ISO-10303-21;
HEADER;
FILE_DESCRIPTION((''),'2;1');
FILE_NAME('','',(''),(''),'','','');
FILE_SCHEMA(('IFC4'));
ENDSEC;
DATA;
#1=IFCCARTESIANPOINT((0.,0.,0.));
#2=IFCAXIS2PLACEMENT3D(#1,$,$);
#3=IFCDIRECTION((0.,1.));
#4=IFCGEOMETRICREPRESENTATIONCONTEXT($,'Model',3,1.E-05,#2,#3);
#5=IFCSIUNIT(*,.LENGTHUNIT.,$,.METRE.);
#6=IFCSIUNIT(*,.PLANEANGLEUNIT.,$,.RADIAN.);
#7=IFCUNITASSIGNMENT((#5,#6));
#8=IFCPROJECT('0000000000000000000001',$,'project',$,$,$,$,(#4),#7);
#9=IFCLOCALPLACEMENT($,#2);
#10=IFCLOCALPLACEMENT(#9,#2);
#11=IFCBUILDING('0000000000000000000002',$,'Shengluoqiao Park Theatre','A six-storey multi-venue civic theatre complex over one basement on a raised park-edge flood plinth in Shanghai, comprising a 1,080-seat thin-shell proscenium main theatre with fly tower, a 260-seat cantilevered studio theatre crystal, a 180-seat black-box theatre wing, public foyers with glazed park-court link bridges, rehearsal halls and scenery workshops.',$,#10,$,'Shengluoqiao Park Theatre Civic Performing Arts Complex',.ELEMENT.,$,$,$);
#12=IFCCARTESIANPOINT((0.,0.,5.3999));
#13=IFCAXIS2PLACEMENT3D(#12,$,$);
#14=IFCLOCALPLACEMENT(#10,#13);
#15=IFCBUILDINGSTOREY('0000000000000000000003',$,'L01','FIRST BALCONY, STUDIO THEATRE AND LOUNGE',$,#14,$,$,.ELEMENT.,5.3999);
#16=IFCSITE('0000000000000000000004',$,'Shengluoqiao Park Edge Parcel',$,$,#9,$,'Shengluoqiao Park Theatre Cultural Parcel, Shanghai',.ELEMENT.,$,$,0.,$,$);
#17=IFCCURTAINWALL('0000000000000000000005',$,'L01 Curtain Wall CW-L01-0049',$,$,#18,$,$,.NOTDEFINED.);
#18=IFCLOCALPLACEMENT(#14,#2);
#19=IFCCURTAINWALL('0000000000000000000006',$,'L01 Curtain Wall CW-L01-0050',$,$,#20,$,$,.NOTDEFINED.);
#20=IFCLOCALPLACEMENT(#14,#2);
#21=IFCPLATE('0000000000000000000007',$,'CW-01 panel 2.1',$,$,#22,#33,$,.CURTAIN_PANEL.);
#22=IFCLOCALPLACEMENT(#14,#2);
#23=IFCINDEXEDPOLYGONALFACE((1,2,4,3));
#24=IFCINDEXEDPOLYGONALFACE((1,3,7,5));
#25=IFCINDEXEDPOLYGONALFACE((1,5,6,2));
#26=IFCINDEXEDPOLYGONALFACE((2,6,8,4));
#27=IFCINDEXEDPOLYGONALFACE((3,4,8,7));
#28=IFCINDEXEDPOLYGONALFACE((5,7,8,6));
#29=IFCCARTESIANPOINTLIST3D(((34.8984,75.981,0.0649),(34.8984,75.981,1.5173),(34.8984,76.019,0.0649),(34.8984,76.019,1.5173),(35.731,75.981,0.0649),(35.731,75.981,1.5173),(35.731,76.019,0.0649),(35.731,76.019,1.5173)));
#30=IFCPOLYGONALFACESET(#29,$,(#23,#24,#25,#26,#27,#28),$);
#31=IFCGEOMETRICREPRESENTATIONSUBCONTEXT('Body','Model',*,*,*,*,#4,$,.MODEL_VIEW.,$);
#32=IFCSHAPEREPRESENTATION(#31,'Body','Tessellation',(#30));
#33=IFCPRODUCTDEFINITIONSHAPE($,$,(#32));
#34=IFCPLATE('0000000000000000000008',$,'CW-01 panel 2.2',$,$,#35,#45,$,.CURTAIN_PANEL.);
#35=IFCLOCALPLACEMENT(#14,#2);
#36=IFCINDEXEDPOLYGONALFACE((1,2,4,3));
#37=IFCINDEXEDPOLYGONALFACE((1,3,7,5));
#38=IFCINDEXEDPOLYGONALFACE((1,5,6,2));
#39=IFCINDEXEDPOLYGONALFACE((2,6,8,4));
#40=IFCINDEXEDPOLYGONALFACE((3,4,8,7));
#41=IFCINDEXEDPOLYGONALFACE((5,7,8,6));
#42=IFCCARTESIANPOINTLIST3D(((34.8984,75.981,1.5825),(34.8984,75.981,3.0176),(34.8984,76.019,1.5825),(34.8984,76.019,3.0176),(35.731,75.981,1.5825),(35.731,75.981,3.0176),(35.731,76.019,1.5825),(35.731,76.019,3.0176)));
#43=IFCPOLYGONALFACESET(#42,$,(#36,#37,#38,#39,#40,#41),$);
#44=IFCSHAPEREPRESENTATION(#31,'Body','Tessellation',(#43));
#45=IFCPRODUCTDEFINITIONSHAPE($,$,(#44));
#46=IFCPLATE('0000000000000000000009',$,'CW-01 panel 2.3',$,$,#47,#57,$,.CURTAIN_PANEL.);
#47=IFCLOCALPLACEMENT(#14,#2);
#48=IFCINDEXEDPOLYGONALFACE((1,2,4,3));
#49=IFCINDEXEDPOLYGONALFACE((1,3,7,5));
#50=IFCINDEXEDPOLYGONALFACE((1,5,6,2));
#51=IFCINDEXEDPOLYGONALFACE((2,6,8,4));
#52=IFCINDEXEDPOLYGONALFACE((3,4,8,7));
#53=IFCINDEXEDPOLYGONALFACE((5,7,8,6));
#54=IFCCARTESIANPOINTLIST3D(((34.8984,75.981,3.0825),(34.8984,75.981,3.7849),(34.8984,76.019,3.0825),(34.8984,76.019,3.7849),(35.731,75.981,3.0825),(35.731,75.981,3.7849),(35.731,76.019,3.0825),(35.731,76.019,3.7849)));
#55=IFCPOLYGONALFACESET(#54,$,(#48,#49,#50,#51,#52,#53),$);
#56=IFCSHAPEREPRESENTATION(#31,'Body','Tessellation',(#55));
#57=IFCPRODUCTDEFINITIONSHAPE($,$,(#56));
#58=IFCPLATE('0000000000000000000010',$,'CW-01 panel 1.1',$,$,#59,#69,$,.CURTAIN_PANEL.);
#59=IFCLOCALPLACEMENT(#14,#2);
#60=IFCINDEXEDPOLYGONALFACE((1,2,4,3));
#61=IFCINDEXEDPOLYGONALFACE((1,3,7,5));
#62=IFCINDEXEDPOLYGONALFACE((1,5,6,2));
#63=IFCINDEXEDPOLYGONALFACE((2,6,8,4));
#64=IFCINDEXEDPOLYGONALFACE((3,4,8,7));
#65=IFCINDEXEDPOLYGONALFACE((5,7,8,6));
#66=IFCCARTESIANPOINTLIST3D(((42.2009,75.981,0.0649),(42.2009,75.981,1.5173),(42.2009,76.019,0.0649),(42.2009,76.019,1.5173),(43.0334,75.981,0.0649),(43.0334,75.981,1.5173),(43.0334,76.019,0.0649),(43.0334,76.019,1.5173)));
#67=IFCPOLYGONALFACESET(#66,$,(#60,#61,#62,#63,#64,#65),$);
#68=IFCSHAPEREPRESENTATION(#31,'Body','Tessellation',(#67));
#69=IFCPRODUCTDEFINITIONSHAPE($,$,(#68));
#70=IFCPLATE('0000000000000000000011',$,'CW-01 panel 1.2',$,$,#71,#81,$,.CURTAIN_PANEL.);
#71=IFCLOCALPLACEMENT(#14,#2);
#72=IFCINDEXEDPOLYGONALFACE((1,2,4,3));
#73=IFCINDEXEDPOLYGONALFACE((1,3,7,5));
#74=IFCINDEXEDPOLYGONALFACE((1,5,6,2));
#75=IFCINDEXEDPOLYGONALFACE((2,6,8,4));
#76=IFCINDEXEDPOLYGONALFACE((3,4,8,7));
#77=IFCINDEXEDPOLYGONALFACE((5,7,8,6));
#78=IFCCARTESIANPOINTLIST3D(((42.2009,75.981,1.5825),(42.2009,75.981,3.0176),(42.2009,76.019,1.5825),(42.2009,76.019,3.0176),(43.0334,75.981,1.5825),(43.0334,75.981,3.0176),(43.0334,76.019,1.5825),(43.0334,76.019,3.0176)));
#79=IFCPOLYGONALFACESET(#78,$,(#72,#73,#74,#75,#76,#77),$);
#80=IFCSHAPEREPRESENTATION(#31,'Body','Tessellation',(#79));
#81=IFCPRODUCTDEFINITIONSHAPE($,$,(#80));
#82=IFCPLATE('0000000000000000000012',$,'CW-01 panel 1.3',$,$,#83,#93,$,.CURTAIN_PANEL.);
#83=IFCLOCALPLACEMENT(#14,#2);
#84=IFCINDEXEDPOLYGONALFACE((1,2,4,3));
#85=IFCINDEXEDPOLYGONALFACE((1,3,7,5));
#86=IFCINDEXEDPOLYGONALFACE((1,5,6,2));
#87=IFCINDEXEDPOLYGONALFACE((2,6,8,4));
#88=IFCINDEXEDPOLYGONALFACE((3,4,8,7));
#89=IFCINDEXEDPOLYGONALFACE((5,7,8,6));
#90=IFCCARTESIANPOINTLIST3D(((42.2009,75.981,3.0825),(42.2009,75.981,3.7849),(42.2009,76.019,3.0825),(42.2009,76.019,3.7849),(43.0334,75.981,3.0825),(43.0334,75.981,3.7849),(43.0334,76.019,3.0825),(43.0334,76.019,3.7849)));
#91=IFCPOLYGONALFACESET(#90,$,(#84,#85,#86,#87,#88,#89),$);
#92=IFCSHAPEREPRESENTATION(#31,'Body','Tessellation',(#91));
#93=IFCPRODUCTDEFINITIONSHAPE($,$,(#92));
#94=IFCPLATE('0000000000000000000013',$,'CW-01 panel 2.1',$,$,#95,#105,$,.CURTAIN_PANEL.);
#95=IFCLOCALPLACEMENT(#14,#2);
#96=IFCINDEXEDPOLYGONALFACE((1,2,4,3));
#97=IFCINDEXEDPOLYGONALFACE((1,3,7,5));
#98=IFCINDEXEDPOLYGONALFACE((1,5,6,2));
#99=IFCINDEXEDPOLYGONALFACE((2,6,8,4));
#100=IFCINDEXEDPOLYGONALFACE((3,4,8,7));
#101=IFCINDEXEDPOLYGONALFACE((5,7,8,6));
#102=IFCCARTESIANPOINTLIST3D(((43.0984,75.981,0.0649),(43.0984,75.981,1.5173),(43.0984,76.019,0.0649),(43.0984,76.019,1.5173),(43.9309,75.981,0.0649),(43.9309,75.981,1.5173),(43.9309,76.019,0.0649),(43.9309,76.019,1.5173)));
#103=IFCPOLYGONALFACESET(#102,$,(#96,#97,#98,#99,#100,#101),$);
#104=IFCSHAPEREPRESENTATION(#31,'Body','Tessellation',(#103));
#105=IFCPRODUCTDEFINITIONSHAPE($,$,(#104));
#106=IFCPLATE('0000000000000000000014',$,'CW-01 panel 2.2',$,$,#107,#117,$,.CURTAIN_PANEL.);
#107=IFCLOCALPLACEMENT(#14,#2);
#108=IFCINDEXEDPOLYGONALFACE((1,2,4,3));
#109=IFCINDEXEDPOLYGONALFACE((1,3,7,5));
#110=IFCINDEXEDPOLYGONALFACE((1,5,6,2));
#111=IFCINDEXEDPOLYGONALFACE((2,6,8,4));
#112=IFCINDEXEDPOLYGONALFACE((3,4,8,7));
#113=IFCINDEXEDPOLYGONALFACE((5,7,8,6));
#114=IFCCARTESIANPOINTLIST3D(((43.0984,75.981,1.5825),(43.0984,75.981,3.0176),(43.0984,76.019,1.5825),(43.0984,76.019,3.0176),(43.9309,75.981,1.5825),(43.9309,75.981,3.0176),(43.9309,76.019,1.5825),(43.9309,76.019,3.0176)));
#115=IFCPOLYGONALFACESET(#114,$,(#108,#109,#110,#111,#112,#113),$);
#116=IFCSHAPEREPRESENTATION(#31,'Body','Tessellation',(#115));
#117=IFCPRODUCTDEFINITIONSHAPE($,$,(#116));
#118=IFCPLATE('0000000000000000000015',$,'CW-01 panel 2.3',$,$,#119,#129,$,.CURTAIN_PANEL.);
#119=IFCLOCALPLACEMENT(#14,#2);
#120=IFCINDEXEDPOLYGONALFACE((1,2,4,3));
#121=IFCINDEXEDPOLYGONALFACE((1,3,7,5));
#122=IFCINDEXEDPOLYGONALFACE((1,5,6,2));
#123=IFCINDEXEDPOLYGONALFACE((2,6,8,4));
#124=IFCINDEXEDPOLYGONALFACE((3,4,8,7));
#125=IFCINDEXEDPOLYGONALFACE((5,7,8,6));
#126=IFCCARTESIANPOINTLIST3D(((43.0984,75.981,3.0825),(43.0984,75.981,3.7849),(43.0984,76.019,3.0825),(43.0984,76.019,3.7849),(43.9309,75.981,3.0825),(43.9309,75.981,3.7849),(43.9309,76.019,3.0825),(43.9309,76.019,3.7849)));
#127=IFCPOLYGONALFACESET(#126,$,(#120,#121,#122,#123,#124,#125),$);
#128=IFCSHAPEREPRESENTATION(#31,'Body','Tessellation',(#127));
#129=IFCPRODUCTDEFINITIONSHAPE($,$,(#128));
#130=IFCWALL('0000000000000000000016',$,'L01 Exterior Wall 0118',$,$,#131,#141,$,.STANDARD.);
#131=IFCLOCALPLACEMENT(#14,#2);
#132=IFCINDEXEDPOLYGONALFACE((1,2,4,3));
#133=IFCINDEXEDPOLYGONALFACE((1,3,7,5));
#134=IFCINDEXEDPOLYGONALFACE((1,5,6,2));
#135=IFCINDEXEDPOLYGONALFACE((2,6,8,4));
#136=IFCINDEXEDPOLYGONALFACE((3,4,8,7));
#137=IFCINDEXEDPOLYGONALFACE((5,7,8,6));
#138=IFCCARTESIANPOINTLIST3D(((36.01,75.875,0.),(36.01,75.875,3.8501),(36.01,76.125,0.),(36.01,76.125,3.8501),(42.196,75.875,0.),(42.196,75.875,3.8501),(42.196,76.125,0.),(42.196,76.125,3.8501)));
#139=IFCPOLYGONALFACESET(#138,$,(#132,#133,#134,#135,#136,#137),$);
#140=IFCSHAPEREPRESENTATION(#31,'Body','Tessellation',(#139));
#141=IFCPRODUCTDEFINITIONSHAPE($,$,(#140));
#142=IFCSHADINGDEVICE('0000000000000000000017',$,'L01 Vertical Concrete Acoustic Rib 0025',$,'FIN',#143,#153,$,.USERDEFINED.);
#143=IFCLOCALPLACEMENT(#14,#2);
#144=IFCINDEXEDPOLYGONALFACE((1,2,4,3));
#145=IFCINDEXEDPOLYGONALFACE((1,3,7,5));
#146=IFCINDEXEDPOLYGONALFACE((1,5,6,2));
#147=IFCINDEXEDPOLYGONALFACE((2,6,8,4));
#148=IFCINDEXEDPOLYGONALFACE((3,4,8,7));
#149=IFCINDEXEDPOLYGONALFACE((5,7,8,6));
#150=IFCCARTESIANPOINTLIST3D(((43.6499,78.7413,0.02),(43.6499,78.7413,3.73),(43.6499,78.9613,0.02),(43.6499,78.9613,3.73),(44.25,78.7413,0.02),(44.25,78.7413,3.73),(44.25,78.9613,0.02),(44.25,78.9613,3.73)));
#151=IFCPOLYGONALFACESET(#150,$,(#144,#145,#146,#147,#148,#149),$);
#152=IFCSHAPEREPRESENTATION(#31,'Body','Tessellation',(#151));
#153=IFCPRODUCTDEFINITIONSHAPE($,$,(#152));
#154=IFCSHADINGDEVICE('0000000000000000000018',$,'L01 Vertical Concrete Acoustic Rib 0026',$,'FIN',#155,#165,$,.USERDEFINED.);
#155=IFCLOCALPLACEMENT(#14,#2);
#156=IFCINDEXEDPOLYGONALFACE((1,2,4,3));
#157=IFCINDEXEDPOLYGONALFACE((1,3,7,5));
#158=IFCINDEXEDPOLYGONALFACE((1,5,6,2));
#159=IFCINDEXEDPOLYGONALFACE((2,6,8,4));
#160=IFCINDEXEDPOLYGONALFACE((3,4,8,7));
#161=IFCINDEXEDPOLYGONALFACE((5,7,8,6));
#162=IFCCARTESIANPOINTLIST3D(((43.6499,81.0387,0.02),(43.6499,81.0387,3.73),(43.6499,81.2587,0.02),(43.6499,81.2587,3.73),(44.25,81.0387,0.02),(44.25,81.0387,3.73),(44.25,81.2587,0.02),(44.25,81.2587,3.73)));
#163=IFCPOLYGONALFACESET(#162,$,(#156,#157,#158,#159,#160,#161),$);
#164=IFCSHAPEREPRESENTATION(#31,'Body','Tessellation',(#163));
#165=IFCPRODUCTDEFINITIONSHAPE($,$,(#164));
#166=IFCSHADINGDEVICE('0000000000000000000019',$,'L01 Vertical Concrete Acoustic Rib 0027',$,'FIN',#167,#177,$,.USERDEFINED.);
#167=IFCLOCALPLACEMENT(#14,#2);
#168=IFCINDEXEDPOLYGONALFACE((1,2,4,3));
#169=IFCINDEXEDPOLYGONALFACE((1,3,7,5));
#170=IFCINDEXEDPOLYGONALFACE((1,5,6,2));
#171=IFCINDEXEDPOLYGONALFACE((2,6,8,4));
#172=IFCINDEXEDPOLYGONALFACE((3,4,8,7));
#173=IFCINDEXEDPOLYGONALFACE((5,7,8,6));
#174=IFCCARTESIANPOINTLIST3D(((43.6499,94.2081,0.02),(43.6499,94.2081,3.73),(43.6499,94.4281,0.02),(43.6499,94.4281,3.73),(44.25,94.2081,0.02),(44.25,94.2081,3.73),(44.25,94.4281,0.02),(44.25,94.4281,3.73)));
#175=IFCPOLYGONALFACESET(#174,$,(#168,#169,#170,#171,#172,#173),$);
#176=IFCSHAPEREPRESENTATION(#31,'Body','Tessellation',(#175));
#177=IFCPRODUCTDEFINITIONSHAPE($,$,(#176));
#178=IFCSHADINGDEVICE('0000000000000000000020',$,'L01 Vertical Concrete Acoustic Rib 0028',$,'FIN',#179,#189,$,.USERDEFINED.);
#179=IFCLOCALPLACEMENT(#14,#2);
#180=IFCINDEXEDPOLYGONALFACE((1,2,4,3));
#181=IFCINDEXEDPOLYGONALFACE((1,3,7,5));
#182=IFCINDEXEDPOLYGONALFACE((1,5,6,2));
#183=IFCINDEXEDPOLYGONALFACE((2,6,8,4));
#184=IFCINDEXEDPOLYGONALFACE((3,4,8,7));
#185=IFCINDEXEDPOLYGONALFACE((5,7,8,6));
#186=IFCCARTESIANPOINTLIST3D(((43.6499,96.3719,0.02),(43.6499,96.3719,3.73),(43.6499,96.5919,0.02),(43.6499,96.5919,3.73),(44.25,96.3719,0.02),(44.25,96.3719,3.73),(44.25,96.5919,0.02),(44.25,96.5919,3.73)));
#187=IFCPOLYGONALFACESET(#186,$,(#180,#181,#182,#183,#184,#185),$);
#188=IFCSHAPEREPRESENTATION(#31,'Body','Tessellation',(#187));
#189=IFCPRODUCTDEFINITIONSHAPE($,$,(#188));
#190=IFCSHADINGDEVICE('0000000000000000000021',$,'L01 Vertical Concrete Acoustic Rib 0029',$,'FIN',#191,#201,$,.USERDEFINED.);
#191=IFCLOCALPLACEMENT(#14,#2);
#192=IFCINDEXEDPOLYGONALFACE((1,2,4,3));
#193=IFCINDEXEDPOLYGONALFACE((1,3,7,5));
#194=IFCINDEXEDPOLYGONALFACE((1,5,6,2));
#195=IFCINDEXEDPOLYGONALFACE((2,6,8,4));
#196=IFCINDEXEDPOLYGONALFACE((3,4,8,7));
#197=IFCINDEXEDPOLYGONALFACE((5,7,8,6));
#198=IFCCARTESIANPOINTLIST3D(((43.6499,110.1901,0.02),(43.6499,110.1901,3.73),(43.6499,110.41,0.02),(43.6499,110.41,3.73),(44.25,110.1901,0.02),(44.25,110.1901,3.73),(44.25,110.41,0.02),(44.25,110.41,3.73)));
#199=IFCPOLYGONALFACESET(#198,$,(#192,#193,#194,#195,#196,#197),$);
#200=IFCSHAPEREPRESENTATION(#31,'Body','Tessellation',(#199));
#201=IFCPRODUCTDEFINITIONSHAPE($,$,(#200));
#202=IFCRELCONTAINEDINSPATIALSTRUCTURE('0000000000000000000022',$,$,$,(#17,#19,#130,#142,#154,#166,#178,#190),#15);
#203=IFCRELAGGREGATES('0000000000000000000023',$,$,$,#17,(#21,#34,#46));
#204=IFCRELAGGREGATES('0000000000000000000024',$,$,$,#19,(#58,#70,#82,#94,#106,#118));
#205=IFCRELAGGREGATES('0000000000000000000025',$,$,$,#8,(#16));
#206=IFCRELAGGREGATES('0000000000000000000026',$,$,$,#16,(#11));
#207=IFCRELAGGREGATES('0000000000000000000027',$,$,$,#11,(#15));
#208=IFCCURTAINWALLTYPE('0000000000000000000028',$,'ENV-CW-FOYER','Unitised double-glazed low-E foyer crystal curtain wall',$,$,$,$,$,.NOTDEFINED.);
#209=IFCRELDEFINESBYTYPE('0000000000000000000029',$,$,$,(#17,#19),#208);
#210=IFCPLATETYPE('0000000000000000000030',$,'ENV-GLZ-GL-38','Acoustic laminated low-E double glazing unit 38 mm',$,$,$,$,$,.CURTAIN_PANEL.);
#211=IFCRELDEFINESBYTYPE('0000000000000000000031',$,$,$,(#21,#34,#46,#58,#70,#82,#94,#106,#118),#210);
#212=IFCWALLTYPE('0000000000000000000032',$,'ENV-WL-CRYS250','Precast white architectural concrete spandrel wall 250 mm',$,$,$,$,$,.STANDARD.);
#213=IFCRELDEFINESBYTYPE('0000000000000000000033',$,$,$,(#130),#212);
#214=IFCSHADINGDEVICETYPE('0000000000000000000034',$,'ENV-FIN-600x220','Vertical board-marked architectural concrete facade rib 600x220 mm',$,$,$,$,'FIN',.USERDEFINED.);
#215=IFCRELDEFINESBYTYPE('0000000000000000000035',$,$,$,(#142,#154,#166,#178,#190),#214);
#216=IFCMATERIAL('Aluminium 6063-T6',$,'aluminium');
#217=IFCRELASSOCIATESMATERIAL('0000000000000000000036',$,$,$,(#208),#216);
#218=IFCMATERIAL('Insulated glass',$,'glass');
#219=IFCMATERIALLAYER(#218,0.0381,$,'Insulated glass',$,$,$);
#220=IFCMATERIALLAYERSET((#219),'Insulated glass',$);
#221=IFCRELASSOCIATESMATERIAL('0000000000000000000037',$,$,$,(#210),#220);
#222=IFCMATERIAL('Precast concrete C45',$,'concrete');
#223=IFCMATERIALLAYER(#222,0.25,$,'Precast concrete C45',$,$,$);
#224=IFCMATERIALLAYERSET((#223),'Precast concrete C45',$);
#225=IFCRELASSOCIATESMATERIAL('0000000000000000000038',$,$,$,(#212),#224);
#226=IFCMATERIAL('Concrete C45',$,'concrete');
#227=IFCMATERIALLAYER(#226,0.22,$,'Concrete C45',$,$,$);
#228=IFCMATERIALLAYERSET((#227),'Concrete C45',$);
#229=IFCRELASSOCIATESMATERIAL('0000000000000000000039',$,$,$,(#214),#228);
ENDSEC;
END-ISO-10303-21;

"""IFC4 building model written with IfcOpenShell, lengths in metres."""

from ifc_helpers import new_model, si_unit, direction, frame, frame_2d, origin, origin_2d, place, context, subcontext, project, spatial, rectangle, extrude, material, layer, layer_set, type_object, element, aggregate, save


model = new_model("IFC4")

# Units and contexts
model_context = context("Model", 3, precision=1e-05, world=origin(), true_north=direction((0.0, 1.0)))
body_context = subcontext(model_context, "Body", "Model", "MODEL_VIEW")
ifc_project = project(units=[si_unit("LENGTHUNIT", "METRE"), si_unit("PLANEANGLEUNIT", "RADIAN")], contexts=[model_context])

# Site, building, storey
site_placement = place(None, origin())
site = spatial("IfcSite", under=ifc_project, at=site_placement, Name="Shengluoqiao Park Edge Parcel", LongName="Shengluoqiao Park Theatre Cultural Parcel, Shanghai", CompositionType="ELEMENT", RefElevation=0.0)
building_placement = place(site_placement, origin())
building = spatial("IfcBuilding", under=site, at=building_placement, Name="Shengluoqiao Park Theatre", Description="A six-storey multi-venue civic theatre complex over one basement on a raised park-edge flood plinth in Shanghai, comprising a 1,080-seat thin-shell proscenium main theatre with fly tower, a 260-seat cantilevered studio theatre crystal, a 180-seat black-box theatre wing, public foyers with glazed park-court link bridges, rehearsal halls and scenery workshops.", LongName="Shengluoqiao Park Theatre Civic Performing Arts Complex", CompositionType="ELEMENT")
storey_placement = place(building_placement, frame((0.0, 0.0, 5.3999)))
storey = spatial("IfcBuildingStorey", under=building, at=storey_placement, Name="L01", Description="FIRST BALCONY, STUDIO THEATRE AND LOUNGE", CompositionType="ELEMENT", Elevation=5.3999)

# Curtain wall
ifc_material_1 = material(Name="Aluminium 6063-T6", Category="aluminium")
curtain_wall_type = type_object("IfcCurtainWallType", Name="ENV-CW-FOYER", Description="Unitised double-glazed low-E foyer crystal curtain wall", PredefinedType="NOTDEFINED", material=ifc_material_1)
curtain_wall_1_placement = place(storey_placement, origin())
curtain_wall_1 = element("IfcCurtainWall", 1, at=curtain_wall_1_placement, inside=storey, type_object=curtain_wall_type, Name="L01 Curtain Wall CW-L01-0049", PredefinedType="NOTDEFINED")

# Curtain wall
curtain_wall_2_placement = place(storey_placement, origin())
curtain_wall_2 = element("IfcCurtainWall", 2, at=curtain_wall_2_placement, inside=storey, type_object=curtain_wall_type, Name="L01 Curtain Wall CW-L01-0050", PredefinedType="NOTDEFINED")

# Plates
ifc_material_2 = material(Name="Insulated glass", Category="glass")
ifc_layer_1 = layer(ifc_material_2, 0.0381, Name="Insulated glass")
ifc_layer_set_1 = layer_set([ifc_layer_1], Name="Insulated glass")
plate_type = type_object("IfcPlateType", Name="ENV-GLZ-GL-38", Description="Acoustic laminated low-E double glazing unit 38 mm", PredefinedType="CURTAIN_PANEL", material=ifc_layer_set_1)
plate_1_placement = place(storey_placement, frame((35.3147, 76.0, 0.0649), z_axis=(0.0, 0.0, 1.0), x_axis=(1.0, 0.0, 0.0)))
plate_1 = element("IfcPlate", 3, at=plate_1_placement, type_object=plate_type, Name="CW-01 panel 2.1", PredefinedType="CURTAIN_PANEL", context=body_context, shape_type="SweptSolid", body=[
    extrude(rectangle(XDim=0.8325, YDim=0.0381, at=origin_2d()), origin(), (0.0, 0.0, 1.0), 1.4524),
])
plate_2_placement = place(storey_placement, frame((35.3147, 76.0, 1.5825), z_axis=(0.0, 0.0, 1.0), x_axis=(1.0, 0.0, 0.0)))
plate_2 = element("IfcPlate", 4, at=plate_2_placement, type_object=plate_type, Name="CW-01 panel 2.2", PredefinedType="CURTAIN_PANEL", context=body_context, shape_type="SweptSolid", body=[
    extrude(rectangle(XDim=0.8325, YDim=0.0381, at=origin_2d()), origin(), (0.0, 0.0, 1.0), 1.4351),
])
plate_3_placement = place(storey_placement, frame((35.3147, 76.0, 3.0825), z_axis=(0.0, 0.0, 1.0), x_axis=(1.0, 0.0, 0.0)))
plate_3 = element("IfcPlate", 5, at=plate_3_placement, type_object=plate_type, Name="CW-01 panel 2.3", PredefinedType="CURTAIN_PANEL", context=body_context, shape_type="SweptSolid", body=[
    extrude(rectangle(XDim=0.8325, YDim=0.0381, at=origin_2d()), origin(), (0.0, 0.0, 1.0), 0.7024),
])
aggregate(curtain_wall_1, [plate_1, plate_2, plate_3])
plate_4_placement = place(storey_placement, frame((42.6172, 76.0, 0.0649), z_axis=(0.0, 0.0, 1.0), x_axis=(1.0, 0.0, 0.0)))
plate_4 = element("IfcPlate", 6, at=plate_4_placement, type_object=plate_type, Name="CW-01 panel 1.1", PredefinedType="CURTAIN_PANEL", context=body_context, shape_type="SweptSolid", body=[
    extrude(rectangle(XDim=0.8325, YDim=0.0381, at=origin_2d()), origin(), (0.0, 0.0, 1.0), 1.4524),
])
plate_5_placement = place(storey_placement, frame((42.6172, 76.0, 1.5825), z_axis=(0.0, 0.0, 1.0), x_axis=(1.0, 0.0, 0.0)))
plate_5 = element("IfcPlate", 7, at=plate_5_placement, type_object=plate_type, Name="CW-01 panel 1.2", PredefinedType="CURTAIN_PANEL", context=body_context, shape_type="SweptSolid", body=[
    extrude(rectangle(XDim=0.8325, YDim=0.0381, at=origin_2d()), origin(), (0.0, 0.0, 1.0), 1.4351),
])
plate_6_placement = place(storey_placement, frame((42.6172, 76.0, 3.0825), z_axis=(0.0, 0.0, 1.0), x_axis=(1.0, 0.0, 0.0)))
plate_6 = element("IfcPlate", 8, at=plate_6_placement, type_object=plate_type, Name="CW-01 panel 1.3", PredefinedType="CURTAIN_PANEL", context=body_context, shape_type="SweptSolid", body=[
    extrude(rectangle(XDim=0.8325, YDim=0.0381, at=origin_2d()), origin(), (0.0, 0.0, 1.0), 0.7024),
])
plate_7_placement = place(storey_placement, frame((43.5146, 76.0, 0.0649), z_axis=(0.0, 0.0, 1.0), x_axis=(1.0, 0.0, 0.0)))
plate_7 = element("IfcPlate", 9, at=plate_7_placement, type_object=plate_type, Name="CW-01 panel 2.1", PredefinedType="CURTAIN_PANEL", context=body_context, shape_type="SweptSolid", body=[
    extrude(rectangle(XDim=0.8325, YDim=0.0381, at=origin_2d()), origin(), (0.0, 0.0, 1.0), 1.4524),
])
plate_8_placement = place(storey_placement, frame((43.5146, 76.0, 1.5825), z_axis=(0.0, 0.0, 1.0), x_axis=(1.0, 0.0, 0.0)))
plate_8 = element("IfcPlate", 10, at=plate_8_placement, type_object=plate_type, Name="CW-01 panel 2.2", PredefinedType="CURTAIN_PANEL", context=body_context, shape_type="SweptSolid", body=[
    extrude(rectangle(XDim=0.8325, YDim=0.0381, at=origin_2d()), origin(), (0.0, 0.0, 1.0), 1.4351),
])
plate_9_placement = place(storey_placement, frame((43.5146, 76.0, 3.0825), z_axis=(0.0, 0.0, 1.0), x_axis=(1.0, 0.0, 0.0)))
plate_9 = element("IfcPlate", 11, at=plate_9_placement, type_object=plate_type, Name="CW-01 panel 2.3", PredefinedType="CURTAIN_PANEL", context=body_context, shape_type="SweptSolid", body=[
    extrude(rectangle(XDim=0.8325, YDim=0.0381, at=origin_2d()), origin(), (0.0, 0.0, 1.0), 0.7024),
])
aggregate(curtain_wall_2, [plate_4, plate_5, plate_6, plate_7, plate_8, plate_9])

# Wall
ifc_material_3 = material(Name="Precast concrete C45", Category="concrete")
ifc_layer_2 = layer(ifc_material_3, 0.25, Name="Precast concrete C45")
ifc_layer_set_2 = layer_set([ifc_layer_2], Name="Precast concrete C45")
wall_type = type_object("IfcWallType", Name="ENV-WL-CRYS250", Description="Precast white architectural concrete spandrel wall 250 mm", PredefinedType="STANDARD", material=ifc_layer_set_2)
wall_placement = place(storey_placement, frame((36.01, 76.0, 0.0), z_axis=(0.0, 0.0, 1.0), x_axis=(1.0, 0.0, 0.0)))
element("IfcWall", 12, at=wall_placement, inside=storey, type_object=wall_type, Name="L01 Exterior Wall 0118", PredefinedType="STANDARD", context=body_context, shape_type="SweptSolid", body=[
    extrude(rectangle(XDim=6.186, YDim=0.25, at=frame_2d((3.093, 0.0))), origin(), (0.0, 0.0, 1.0), 3.8501),
])

# Shading devices
ifc_material_4 = material(Name="Concrete C45", Category="concrete")
ifc_layer_3 = layer(ifc_material_4, 0.22, Name="Concrete C45")
ifc_layer_set_3 = layer_set([ifc_layer_3], Name="Concrete C45")
shading_device_type = type_object("IfcShadingDeviceType", Name="ENV-FIN-600x220", Description="Vertical board-marked architectural concrete facade rib 600x220 mm", ElementType="FIN", PredefinedType="USERDEFINED", material=ifc_layer_set_3)
for number, where, z_axis, x_axis, name in (
    (13, (43.95, 78.8513, 0.02), (0.0, 0.0, 1.0), (-1.0, 0.0, 0.0), "L01 Vertical Concrete Acoustic Rib 0025"),
    (14, (43.95, 81.1487, 0.02), (0.0, 0.0, 1.0), (-1.0, 0.0, 0.0), "L01 Vertical Concrete Acoustic Rib 0026"),
    (15, (43.95, 94.3181, 0.02), (0.0, 0.0, 1.0), (-1.0, 0.0, 0.0), "L01 Vertical Concrete Acoustic Rib 0027"),
    (16, (43.95, 96.4819, 0.02), (0.0, 0.0, 1.0), (-1.0, 0.0, 0.0), "L01 Vertical Concrete Acoustic Rib 0028"),
    (17, (43.95, 110.3, 0.02), (0.0, 0.0, 1.0), (-1.0, 0.0, 0.0), "L01 Vertical Concrete Acoustic Rib 0029"),
):
    element("IfcShadingDevice", number, at=place(storey_placement, frame(where, z_axis=z_axis, x_axis=x_axis)), inside=storey, type_object=shading_device_type, Name=name, ObjectType="FIN", PredefinedType="USERDEFINED", context=body_context, shape_type="SweptSolid", body=[
        extrude(rectangle(XDim=0.6001, YDim=0.22, at=origin_2d()), origin(), (0.0, 0.0, 1.0), 3.71),
    ])

save(model, "model.ifc")
